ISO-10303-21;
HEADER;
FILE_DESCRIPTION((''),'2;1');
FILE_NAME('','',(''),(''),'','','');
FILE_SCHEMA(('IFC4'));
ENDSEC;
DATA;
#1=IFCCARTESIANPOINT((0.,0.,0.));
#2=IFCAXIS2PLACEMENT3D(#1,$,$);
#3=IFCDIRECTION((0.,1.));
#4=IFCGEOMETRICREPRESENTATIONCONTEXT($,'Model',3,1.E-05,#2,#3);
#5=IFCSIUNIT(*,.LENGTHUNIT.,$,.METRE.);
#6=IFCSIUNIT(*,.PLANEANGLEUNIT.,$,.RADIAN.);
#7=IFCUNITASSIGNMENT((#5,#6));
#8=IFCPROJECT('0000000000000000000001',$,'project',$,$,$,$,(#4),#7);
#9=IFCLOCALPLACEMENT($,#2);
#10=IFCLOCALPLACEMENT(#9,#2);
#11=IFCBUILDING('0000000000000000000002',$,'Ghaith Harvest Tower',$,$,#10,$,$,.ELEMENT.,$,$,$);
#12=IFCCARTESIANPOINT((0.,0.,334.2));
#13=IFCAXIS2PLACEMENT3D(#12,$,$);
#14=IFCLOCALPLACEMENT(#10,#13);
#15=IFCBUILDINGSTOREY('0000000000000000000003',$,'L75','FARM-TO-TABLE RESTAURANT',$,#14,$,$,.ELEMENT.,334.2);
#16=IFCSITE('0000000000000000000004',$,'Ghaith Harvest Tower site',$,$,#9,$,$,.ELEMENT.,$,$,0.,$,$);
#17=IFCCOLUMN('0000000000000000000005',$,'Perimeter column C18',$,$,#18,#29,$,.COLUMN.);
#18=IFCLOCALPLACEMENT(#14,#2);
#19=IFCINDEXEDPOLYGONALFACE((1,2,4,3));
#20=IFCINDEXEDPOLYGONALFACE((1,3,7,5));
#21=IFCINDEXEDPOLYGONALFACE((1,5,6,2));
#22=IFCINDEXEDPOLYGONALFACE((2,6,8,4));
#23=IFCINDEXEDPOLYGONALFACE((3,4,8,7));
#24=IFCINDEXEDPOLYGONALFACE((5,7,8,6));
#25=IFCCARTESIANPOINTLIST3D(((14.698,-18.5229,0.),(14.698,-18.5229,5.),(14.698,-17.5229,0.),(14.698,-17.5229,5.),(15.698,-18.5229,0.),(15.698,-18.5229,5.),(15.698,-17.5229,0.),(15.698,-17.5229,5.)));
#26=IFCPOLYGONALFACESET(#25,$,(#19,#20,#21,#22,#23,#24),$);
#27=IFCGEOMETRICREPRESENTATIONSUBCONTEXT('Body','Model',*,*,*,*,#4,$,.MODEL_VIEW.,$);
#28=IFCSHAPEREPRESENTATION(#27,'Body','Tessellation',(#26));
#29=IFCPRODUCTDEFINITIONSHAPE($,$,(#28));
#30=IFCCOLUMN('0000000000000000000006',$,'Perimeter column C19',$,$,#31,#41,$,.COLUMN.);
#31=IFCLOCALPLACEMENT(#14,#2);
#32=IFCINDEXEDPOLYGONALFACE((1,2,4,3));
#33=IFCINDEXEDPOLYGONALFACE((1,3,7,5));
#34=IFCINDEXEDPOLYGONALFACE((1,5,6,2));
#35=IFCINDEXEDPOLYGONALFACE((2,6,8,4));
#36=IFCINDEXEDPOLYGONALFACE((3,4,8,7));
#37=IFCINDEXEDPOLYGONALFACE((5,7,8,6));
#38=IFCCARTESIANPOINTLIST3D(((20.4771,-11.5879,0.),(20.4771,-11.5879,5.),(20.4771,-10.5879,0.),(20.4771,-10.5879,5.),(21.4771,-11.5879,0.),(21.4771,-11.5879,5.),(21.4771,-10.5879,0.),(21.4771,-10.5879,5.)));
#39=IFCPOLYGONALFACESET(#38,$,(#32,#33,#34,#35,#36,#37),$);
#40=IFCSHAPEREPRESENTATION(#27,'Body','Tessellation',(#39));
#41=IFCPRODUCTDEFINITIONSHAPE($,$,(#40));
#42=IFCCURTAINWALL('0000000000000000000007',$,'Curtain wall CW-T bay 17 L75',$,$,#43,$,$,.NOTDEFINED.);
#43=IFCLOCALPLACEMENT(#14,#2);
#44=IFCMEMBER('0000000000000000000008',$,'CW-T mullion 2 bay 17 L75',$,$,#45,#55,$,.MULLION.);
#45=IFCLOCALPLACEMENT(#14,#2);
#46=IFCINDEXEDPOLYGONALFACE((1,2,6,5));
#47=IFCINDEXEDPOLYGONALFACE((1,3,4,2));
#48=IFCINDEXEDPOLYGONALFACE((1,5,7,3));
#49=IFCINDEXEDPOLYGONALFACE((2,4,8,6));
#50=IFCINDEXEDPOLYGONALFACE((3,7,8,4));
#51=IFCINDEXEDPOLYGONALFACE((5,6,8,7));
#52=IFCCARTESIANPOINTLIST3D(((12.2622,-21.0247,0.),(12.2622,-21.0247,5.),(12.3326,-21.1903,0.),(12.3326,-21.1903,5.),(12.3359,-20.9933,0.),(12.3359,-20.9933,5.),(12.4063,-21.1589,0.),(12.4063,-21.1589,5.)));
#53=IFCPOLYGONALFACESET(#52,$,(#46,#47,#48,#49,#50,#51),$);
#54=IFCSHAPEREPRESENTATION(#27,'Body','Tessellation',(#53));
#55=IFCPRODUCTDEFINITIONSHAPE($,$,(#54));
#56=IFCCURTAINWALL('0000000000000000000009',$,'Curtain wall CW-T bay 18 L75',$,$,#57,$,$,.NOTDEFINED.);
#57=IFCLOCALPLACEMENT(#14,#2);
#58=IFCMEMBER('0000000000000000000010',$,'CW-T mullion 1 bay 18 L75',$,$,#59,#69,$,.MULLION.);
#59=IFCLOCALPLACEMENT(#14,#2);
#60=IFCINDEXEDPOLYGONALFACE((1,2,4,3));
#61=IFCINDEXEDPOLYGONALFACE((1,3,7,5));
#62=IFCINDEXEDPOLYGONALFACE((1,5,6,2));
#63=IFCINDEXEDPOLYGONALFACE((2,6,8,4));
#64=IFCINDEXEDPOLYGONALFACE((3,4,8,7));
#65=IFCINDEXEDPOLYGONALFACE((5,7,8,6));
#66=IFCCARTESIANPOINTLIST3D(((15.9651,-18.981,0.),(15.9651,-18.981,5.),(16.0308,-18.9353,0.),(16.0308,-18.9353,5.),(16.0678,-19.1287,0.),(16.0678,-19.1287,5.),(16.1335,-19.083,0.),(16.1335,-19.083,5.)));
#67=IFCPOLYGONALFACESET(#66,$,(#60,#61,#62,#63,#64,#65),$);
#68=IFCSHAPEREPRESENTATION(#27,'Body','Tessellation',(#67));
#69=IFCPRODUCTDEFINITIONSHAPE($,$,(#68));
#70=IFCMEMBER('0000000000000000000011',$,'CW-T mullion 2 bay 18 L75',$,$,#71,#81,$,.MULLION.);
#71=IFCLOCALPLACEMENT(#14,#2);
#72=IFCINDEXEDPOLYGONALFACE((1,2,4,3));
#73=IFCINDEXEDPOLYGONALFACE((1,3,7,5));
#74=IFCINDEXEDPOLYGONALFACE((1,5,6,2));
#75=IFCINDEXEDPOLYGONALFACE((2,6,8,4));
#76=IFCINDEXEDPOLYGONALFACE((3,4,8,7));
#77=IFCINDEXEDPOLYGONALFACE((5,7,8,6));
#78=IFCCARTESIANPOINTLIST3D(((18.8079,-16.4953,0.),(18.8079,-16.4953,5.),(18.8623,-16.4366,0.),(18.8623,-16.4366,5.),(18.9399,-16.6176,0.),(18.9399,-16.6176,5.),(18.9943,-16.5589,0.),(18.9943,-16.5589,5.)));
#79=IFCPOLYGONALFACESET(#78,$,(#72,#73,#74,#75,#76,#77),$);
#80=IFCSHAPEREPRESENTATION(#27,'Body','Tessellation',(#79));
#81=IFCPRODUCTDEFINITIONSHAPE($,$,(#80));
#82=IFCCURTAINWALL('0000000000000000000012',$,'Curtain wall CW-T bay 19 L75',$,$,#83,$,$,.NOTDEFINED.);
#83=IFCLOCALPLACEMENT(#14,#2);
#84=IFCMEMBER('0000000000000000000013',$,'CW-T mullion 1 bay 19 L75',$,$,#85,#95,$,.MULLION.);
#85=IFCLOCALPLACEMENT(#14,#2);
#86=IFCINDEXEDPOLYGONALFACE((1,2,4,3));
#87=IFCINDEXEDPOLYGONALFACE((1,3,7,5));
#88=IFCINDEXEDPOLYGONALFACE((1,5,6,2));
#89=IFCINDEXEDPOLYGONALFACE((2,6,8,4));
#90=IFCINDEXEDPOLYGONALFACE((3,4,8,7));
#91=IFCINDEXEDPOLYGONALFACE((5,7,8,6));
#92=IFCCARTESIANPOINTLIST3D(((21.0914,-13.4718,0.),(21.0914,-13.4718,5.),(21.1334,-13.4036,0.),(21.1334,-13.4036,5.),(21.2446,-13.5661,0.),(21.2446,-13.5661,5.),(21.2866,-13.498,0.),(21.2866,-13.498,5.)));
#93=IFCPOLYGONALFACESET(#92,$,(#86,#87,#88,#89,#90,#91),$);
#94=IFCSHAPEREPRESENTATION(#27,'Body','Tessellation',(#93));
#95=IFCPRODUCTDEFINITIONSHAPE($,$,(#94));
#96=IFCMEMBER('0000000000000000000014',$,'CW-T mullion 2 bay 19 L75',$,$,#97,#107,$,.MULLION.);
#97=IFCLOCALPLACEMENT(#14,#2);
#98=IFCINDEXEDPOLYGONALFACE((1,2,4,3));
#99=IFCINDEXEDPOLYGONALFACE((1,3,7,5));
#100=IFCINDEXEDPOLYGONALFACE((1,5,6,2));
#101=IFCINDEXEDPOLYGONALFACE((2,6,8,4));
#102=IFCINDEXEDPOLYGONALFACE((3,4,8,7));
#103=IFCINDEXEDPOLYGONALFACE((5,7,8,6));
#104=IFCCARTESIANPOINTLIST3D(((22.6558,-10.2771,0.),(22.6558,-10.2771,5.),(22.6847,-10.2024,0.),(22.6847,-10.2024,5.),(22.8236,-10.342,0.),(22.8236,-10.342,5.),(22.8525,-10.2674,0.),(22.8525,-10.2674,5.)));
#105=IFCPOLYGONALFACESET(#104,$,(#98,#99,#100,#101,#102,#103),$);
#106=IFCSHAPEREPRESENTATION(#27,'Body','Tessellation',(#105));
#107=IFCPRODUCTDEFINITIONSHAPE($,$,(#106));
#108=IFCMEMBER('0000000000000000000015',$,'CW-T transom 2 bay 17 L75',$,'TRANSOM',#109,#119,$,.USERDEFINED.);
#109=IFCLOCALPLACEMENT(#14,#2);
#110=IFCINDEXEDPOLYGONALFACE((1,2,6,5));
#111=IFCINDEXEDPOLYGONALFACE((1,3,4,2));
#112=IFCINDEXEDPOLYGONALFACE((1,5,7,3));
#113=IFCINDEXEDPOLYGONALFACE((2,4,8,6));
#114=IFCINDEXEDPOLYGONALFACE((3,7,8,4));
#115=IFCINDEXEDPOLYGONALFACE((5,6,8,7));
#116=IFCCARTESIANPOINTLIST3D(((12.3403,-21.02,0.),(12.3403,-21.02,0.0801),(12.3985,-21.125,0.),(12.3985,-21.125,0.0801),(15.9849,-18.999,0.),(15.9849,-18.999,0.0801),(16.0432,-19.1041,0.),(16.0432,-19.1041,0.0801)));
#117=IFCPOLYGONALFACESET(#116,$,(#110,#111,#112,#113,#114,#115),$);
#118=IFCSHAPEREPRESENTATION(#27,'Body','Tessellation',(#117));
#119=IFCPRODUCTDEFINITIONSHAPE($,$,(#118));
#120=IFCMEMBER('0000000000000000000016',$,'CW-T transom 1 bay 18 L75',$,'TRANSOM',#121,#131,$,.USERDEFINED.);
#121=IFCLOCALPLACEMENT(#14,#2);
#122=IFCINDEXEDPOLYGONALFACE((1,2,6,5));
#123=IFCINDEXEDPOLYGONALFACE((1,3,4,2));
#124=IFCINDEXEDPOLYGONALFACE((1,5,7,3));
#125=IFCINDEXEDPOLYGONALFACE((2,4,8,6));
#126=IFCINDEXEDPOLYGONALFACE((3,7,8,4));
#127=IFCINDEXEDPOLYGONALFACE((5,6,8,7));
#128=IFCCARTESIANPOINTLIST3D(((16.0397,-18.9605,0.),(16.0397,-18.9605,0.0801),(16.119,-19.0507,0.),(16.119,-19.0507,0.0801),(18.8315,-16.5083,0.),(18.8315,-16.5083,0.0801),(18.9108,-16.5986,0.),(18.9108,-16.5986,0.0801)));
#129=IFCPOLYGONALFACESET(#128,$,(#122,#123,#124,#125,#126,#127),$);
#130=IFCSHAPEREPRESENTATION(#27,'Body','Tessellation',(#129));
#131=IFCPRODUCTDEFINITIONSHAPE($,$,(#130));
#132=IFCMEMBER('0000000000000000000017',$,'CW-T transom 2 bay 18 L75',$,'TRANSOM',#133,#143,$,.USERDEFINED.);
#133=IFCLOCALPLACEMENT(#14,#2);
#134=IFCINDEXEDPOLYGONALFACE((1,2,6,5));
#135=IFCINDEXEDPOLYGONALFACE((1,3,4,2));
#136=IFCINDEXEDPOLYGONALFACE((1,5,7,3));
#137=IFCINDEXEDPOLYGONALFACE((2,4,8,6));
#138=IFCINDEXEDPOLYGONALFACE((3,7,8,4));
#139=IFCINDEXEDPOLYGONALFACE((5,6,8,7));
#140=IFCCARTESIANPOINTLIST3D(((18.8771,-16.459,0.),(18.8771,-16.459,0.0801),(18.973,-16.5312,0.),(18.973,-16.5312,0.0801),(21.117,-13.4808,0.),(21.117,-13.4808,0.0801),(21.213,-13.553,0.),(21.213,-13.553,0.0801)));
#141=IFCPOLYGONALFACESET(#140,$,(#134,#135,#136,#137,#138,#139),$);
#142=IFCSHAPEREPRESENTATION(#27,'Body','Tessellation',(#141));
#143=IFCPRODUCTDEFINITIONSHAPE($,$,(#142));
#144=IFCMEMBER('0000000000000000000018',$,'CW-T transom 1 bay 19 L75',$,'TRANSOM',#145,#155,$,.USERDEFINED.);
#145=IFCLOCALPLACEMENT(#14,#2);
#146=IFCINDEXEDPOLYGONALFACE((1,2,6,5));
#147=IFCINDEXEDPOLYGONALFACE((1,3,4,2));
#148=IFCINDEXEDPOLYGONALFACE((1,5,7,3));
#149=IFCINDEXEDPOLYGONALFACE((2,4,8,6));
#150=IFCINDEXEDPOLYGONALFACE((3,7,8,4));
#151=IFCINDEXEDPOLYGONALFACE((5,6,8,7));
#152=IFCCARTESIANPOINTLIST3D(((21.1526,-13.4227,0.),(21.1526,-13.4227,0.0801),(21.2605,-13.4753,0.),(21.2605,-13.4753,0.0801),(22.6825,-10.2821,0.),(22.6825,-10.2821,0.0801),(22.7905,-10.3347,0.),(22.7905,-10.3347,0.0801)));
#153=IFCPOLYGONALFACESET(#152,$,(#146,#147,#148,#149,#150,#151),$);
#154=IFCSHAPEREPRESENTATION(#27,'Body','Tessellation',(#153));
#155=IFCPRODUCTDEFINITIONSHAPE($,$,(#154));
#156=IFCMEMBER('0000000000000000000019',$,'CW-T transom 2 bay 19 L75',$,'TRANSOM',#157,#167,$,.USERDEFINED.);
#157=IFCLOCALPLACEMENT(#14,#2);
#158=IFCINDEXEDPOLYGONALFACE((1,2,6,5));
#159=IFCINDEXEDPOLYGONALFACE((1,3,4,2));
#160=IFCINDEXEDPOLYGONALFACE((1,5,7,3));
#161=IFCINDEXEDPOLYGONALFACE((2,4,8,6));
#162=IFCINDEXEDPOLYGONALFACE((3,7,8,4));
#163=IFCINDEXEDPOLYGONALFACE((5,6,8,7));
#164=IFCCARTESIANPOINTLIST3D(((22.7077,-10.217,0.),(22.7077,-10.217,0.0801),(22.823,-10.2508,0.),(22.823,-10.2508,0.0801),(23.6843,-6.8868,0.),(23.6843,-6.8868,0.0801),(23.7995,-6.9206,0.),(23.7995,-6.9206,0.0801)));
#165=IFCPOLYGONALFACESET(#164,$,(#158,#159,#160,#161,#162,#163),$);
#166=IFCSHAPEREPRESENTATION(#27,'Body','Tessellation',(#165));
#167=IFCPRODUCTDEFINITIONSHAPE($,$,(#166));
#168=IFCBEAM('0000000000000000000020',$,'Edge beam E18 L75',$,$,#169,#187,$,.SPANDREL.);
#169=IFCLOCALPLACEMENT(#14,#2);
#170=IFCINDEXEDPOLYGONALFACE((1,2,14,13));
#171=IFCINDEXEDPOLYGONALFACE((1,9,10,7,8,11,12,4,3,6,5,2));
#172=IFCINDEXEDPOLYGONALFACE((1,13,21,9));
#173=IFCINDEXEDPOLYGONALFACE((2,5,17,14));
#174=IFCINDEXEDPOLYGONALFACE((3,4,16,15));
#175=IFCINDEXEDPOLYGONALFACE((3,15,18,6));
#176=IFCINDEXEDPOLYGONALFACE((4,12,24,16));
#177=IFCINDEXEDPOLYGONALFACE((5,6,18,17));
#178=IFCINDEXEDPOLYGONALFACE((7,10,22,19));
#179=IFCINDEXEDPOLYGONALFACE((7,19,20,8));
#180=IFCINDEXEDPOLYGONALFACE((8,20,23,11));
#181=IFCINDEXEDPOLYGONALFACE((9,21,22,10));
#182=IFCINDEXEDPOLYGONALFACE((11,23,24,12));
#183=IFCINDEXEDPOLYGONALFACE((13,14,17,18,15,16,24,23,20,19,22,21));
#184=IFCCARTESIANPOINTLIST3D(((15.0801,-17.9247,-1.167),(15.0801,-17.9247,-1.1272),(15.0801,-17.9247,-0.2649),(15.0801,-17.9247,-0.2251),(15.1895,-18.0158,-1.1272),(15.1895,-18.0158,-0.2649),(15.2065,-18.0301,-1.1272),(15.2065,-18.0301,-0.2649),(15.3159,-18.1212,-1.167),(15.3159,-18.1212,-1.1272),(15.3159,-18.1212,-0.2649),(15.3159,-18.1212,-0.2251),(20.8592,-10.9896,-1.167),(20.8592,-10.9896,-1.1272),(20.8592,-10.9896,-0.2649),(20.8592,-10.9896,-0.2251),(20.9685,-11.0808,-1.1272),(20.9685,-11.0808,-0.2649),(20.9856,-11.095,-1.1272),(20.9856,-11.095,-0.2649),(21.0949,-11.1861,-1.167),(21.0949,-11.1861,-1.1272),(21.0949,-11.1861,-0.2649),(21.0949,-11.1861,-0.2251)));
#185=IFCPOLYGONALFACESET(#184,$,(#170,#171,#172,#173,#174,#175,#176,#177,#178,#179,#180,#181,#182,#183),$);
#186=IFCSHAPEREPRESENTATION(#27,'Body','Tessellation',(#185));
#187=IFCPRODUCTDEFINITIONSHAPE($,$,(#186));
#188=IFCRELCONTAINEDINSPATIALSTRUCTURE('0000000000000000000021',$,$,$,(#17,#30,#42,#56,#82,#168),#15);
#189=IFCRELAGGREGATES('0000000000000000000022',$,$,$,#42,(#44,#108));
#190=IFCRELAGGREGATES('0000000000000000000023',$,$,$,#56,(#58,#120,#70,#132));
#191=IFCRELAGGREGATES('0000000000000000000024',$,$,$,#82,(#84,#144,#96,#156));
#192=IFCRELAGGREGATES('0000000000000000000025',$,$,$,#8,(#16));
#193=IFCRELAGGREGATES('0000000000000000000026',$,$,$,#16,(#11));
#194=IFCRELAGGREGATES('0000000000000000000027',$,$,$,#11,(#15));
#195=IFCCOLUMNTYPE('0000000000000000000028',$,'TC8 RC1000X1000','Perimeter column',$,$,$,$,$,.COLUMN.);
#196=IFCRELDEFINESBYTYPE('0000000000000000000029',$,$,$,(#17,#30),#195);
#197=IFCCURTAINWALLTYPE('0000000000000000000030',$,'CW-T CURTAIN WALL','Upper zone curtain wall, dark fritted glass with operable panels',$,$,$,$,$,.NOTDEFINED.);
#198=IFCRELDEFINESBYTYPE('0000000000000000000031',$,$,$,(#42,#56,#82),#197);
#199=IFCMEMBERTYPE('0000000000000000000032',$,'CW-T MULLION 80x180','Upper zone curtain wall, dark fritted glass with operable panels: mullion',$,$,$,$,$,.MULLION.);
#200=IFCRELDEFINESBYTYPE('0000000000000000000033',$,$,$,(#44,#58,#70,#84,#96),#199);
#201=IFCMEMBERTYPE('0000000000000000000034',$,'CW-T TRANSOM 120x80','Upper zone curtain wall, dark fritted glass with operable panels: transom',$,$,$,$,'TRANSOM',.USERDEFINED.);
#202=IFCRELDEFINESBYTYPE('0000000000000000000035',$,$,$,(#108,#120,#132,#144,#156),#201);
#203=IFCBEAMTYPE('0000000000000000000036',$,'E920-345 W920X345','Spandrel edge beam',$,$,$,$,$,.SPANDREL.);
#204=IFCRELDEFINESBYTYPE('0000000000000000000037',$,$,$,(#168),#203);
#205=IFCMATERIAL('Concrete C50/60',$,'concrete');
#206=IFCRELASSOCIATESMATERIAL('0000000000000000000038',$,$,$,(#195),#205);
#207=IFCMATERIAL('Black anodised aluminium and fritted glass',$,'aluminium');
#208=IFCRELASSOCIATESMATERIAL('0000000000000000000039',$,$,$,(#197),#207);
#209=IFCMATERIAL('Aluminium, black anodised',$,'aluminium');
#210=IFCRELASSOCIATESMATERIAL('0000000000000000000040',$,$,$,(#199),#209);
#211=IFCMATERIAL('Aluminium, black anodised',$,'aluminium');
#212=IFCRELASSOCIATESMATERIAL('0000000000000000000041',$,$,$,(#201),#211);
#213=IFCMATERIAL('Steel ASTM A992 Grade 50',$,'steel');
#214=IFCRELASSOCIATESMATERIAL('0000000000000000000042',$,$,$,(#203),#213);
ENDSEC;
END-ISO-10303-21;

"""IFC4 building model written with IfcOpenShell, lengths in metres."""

from ifc_helpers import new_model, si_unit, direction, frame, origin, origin_2d, place, context, subcontext, project, spatial, rectangle, i_section, extrude, material, material_profile, profile_set, type_object, element, aggregate, save


model = new_model("IFC4")

# Units and contexts
model_context = context("Model", 3, precision=1e-05, world=origin(), true_north=direction((0.0, 1.0)))
body_context = subcontext(model_context, "Body", "Model", "MODEL_VIEW")
ifc_project = project(units=[si_unit("LENGTHUNIT", "METRE"), si_unit("PLANEANGLEUNIT", "RADIAN")], contexts=[model_context])

# Site, building, storey
site_placement = place(None, origin())
site = spatial("IfcSite", under=ifc_project, at=site_placement, Name="Ghaith Harvest Tower site", CompositionType="ELEMENT", RefElevation=0.0)
building_placement = place(site_placement, origin())
building = spatial("IfcBuilding", under=site, at=building_placement, Name="Ghaith Harvest Tower", CompositionType="ELEMENT")
storey_placement = place(building_placement, frame((0.0, 0.0, 334.2)))
storey = spatial("IfcBuildingStorey", under=building, at=storey_placement, Name="L75", Description="FARM-TO-TABLE RESTAURANT", CompositionType="ELEMENT", Elevation=334.2)

# Columns
ifc_material_1 = material(Name="Concrete C50/60", Category="concrete")
ifc_material_profile_1 = material_profile(ifc_material_1, rectangle(XDim=1.0, YDim=1.0, at=origin_2d()), Name="RC1000X1000")
ifc_profile_set_1 = profile_set([ifc_material_profile_1], Name="Concrete C50/60")
column_type = type_object("IfcColumnType", Name="TC8 RC1000X1000", Description="Perimeter column", PredefinedType="COLUMN", material=ifc_profile_set_1)
for number, where, z_axis, x_axis, name in (
    (1, (15.198, -18.0229, 0.0), (0.0, 0.0, 1.0), (1.0, 0.0, 0.0), "Perimeter column C18"),
    (2, (20.9771, -11.0879, 0.0), (0.0, 0.0, 1.0), (1.0, 0.0, 0.0), "Perimeter column C19"),
):
    element("IfcColumn", number, at=place(storey_placement, frame(where, z_axis=z_axis, x_axis=x_axis)), inside=storey, type_object=column_type, Name=name, PredefinedType="COLUMN", context=body_context, shape_type="SweptSolid", body=[
        extrude(rectangle(XDim=1.0, YDim=1.0, at=origin_2d()), origin(), (0.0, 0.0, 1.0), 5.0),
    ])

# Curtain wall, member
ifc_material_2 = material(Name="Black anodised aluminium and fritted glass", Category="aluminium")
curtain_wall_type = type_object("IfcCurtainWallType", Name="CW-T CURTAIN WALL", Description="Upper zone curtain wall, dark fritted glass with operable panels", PredefinedType="NOTDEFINED", material=ifc_material_2)
curtain_wall_1_placement = place(storey_placement, origin())
curtain_wall_1 = element("IfcCurtainWall", 3, at=curtain_wall_1_placement, inside=storey, type_object=curtain_wall_type, Name="Curtain wall CW-T bay 17 L75", PredefinedType="NOTDEFINED")
ifc_material_3 = material(Name="Aluminium, black anodised", Category="aluminium")
ifc_material_profile_2 = material_profile(ifc_material_3, rectangle(XDim=0.0801, YDim=0.1799, at=origin_2d()), Name="CW-T MULLION 80x180")
ifc_profile_set_2 = profile_set([ifc_material_profile_2], Name="Aluminium, black anodised")
member_type_1 = type_object("IfcMemberType", Name="CW-T MULLION 80x180", Description="Upper zone curtain wall, dark fritted glass with operable panels: mullion", PredefinedType="MULLION", material=ifc_profile_set_2)
member_1_placement = place(storey_placement, frame((12.3342, -21.0918, 0.0), z_axis=(0.0, 0.0, 1.0), x_axis=(0.920319, 0.391168, 0.0)))
member_1 = element("IfcMember", 4, at=member_1_placement, type_object=member_type_1, Name="CW-T mullion 2 bay 17 L75", PredefinedType="MULLION", context=body_context, shape_type="SweptSolid", body=[
    extrude(rectangle(XDim=0.0801, YDim=0.1799, at=origin_2d()), origin(), (0.0, 0.0, 1.0), 5.0),
])

# Curtain walls, members
curtain_wall_2_placement = place(storey_placement, origin())
curtain_wall_2 = element("IfcCurtainWall", 5, at=curtain_wall_2_placement, inside=storey, type_object=curtain_wall_type, Name="Curtain wall CW-T bay 18 L75", PredefinedType="NOTDEFINED")
member_2_placement = place(storey_placement, frame((16.0493, -19.032, 0.0), z_axis=(0.0, 0.0, 1.0), x_axis=(0.821112, 0.570767, 0.0)))
member_2 = element("IfcMember", 6, at=member_2_placement, type_object=member_type_1, Name="CW-T mullion 1 bay 18 L75", PredefinedType="MULLION", context=body_context, shape_type="SweptSolid", body=[
    extrude(rectangle(XDim=0.0801, YDim=0.1799, at=origin_2d()), origin(), (0.0, 0.0, 1.0), 5.0),
])
member_3_placement = place(storey_placement, frame((18.9011, -16.5271, 0.0), z_axis=(0.0, 0.0, 1.0), x_axis=(0.679661, 0.733526, 0.0)))
member_3 = element("IfcMember", 7, at=member_3_placement, type_object=member_type_1, Name="CW-T mullion 2 bay 18 L75", PredefinedType="MULLION", context=body_context, shape_type="SweptSolid", body=[
    extrude(rectangle(XDim=0.0801, YDim=0.1799, at=origin_2d()), origin(), (0.0, 0.0, 1.0), 5.0),
])
curtain_wall_3_placement = place(storey_placement, origin())
curtain_wall_3 = element("IfcCurtainWall", 8, at=curtain_wall_3_placement, inside=storey, type_object=curtain_wall_type, Name="Curtain wall CW-T bay 19 L75", PredefinedType="NOTDEFINED")
member_4_placement = place(storey_placement, frame((21.189, -13.4849, 0.0), z_axis=(0.0, 0.0, 1.0), x_axis=(0.524482, 0.851421, 0.0)))
member_4 = element("IfcMember", 9, at=member_4_placement, type_object=member_type_1, Name="CW-T mullion 1 bay 19 L75", PredefinedType="MULLION", context=body_context, shape_type="SweptSolid", body=[
    extrude(rectangle(XDim=0.0801, YDim=0.1799, at=origin_2d()), origin(), (0.0, 0.0, 1.0), 5.0),
])
member_5_placement = place(storey_placement, frame((22.7542, -10.2722, 0.0), z_axis=(0.0, 0.0, 1.0), x_axis=(0.361184, 0.932494, 0.0)))
member_5 = element("IfcMember", 10, at=member_5_placement, type_object=member_type_1, Name="CW-T mullion 2 bay 19 L75", PredefinedType="MULLION", context=body_context, shape_type="SweptSolid", body=[
    extrude(rectangle(XDim=0.0801, YDim=0.1799, at=origin_2d()), origin(), (0.0, 0.0, 1.0), 5.0),
])

# Members
ifc_material_4 = material(Name="Aluminium, black anodised", Category="aluminium")
ifc_material_profile_3 = material_profile(ifc_material_4, rectangle(XDim=0.1201, YDim=0.0801, at=origin_2d()), Name="CW-T TRANSOM 120x80")
ifc_profile_set_3 = profile_set([ifc_material_profile_3], Name="Aluminium, black anodised")
member_type_2 = type_object("IfcMemberType", Name="CW-T TRANSOM 120x80", Description="Upper zone curtain wall, dark fritted glass with operable panels: transom", ElementType="TRANSOM", PredefinedType="USERDEFINED", material=ifc_profile_set_3)
member_6_placement = place(storey_placement, frame((12.3694, -21.0725, 0.04), z_axis=(0.874552, 0.484932, 0.0), x_axis=(-0.484932, 0.874552, 0.0)))
member_6 = element("IfcMember", 11, at=member_6_placement, type_object=member_type_2, Name="CW-T transom 2 bay 17 L75", ObjectType="TRANSOM", PredefinedType="USERDEFINED", context=body_context, shape_type="SweptSolid", body=[
    extrude(rectangle(XDim=0.1201, YDim=0.0801, at=origin_2d()), origin(), (0.0, 0.0, 1.0), 4.1675),
])
member_7_placement = place(storey_placement, frame((16.0793, -19.0056, 0.04), z_axis=(0.751326, 0.659931, 0.0), x_axis=(-0.659931, 0.751326, 0.0)))
member_7 = element("IfcMember", 12, at=member_7_placement, type_object=member_type_2, Name="CW-T transom 1 bay 18 L75", ObjectType="TRANSOM", PredefinedType="USERDEFINED", context=body_context, shape_type="SweptSolid", body=[
    extrude(rectangle(XDim=0.1201, YDim=0.0801, at=origin_2d()), origin(), (0.0, 0.0, 1.0), 3.7158),
])
member_8_placement = place(storey_placement, frame((18.925, -16.4951, 0.04), z_axis=(0.601079, 0.79919, 0.0), x_axis=(-0.79919, 0.601079, 0.0)))
member_8 = element("IfcMember", 13, at=member_8_placement, type_object=member_type_2, Name="CW-T transom 2 bay 18 L75", ObjectType="TRANSOM", PredefinedType="USERDEFINED", context=body_context, shape_type="SweptSolid", body=[
    extrude(rectangle(XDim=0.1201, YDim=0.0801, at=origin_2d()), origin(), (0.0, 0.0, 1.0), 3.7266),
])
member_9_placement = place(storey_placement, frame((21.2065, -13.449, 0.04), z_axis=(0.437965, 0.898992, 0.0), x_axis=(-0.898992, 0.437965, 0.0)))
member_9 = element("IfcMember", 14, at=member_9_placement, type_object=member_type_2, Name="CW-T transom 1 bay 19 L75", ObjectType="TRANSOM", PredefinedType="USERDEFINED", context=body_context, shape_type="SweptSolid", body=[
    extrude(rectangle(XDim=0.1201, YDim=0.0801, at=origin_2d()), origin(), (0.0, 0.0, 1.0), 3.4934),
])
member_10_placement = place(storey_placement, frame((22.7654, -10.2339, 0.04), z_axis=(0.281385, 0.959595, 0.0), x_axis=(-0.959595, 0.281385, 0.0)))
member_10 = element("IfcMember", 15, at=member_10_placement, type_object=member_type_2, Name="CW-T transom 2 bay 19 L75", ObjectType="TRANSOM", PredefinedType="USERDEFINED", context=body_context, shape_type="SweptSolid", body=[
    extrude(rectangle(XDim=0.1201, YDim=0.0801, at=origin_2d()), origin(), (0.0, 0.0, 1.0), 3.4705),
])

# Beam
ifc_material_5 = material(Name="Steel ASTM A992 Grade 50", Category="steel")
ifc_material_profile_4 = material_profile(ifc_material_5, i_section(OverallWidth=0.3069, OverallDepth=0.9419, WebThickness=0.0222, FlangeThickness=0.0398, at=origin_2d()), Name="W920X345")
ifc_profile_set_4 = profile_set([ifc_material_profile_4], Name="Steel ASTM A992 Grade 50")
beam_type = type_object("IfcBeamType", Name="E920-345 W920X345", Description="Spandrel edge beam", PredefinedType="SPANDREL", material=ifc_profile_set_4)
beam_1_placement = place(storey_placement, frame((15.198, -18.0229, -0.696), z_axis=(0.640174, 0.76823, 0.0), x_axis=(-0.76823, 0.640174, 0.0)))
element("IfcBeam", 16, at=beam_1_placement, inside=storey, type_object=beam_type, Name="Edge beam E18 L75", PredefinedType="SPANDREL", context=body_context, shape_type="SweptSolid", body=[
    extrude(i_section(OverallWidth=0.3069, OverallDepth=0.9419, WebThickness=0.0222, FlangeThickness=0.0398, at=origin_2d()), origin(), (0.0, 0.0, 1.0), 9.0273),
])

aggregate(curtain_wall_1, [member_1, member_6])
aggregate(curtain_wall_2, [member_2, member_7, member_3, member_8])
aggregate(curtain_wall_3, [member_4, member_9, member_5, member_10])

save(model, "model.ifc")
